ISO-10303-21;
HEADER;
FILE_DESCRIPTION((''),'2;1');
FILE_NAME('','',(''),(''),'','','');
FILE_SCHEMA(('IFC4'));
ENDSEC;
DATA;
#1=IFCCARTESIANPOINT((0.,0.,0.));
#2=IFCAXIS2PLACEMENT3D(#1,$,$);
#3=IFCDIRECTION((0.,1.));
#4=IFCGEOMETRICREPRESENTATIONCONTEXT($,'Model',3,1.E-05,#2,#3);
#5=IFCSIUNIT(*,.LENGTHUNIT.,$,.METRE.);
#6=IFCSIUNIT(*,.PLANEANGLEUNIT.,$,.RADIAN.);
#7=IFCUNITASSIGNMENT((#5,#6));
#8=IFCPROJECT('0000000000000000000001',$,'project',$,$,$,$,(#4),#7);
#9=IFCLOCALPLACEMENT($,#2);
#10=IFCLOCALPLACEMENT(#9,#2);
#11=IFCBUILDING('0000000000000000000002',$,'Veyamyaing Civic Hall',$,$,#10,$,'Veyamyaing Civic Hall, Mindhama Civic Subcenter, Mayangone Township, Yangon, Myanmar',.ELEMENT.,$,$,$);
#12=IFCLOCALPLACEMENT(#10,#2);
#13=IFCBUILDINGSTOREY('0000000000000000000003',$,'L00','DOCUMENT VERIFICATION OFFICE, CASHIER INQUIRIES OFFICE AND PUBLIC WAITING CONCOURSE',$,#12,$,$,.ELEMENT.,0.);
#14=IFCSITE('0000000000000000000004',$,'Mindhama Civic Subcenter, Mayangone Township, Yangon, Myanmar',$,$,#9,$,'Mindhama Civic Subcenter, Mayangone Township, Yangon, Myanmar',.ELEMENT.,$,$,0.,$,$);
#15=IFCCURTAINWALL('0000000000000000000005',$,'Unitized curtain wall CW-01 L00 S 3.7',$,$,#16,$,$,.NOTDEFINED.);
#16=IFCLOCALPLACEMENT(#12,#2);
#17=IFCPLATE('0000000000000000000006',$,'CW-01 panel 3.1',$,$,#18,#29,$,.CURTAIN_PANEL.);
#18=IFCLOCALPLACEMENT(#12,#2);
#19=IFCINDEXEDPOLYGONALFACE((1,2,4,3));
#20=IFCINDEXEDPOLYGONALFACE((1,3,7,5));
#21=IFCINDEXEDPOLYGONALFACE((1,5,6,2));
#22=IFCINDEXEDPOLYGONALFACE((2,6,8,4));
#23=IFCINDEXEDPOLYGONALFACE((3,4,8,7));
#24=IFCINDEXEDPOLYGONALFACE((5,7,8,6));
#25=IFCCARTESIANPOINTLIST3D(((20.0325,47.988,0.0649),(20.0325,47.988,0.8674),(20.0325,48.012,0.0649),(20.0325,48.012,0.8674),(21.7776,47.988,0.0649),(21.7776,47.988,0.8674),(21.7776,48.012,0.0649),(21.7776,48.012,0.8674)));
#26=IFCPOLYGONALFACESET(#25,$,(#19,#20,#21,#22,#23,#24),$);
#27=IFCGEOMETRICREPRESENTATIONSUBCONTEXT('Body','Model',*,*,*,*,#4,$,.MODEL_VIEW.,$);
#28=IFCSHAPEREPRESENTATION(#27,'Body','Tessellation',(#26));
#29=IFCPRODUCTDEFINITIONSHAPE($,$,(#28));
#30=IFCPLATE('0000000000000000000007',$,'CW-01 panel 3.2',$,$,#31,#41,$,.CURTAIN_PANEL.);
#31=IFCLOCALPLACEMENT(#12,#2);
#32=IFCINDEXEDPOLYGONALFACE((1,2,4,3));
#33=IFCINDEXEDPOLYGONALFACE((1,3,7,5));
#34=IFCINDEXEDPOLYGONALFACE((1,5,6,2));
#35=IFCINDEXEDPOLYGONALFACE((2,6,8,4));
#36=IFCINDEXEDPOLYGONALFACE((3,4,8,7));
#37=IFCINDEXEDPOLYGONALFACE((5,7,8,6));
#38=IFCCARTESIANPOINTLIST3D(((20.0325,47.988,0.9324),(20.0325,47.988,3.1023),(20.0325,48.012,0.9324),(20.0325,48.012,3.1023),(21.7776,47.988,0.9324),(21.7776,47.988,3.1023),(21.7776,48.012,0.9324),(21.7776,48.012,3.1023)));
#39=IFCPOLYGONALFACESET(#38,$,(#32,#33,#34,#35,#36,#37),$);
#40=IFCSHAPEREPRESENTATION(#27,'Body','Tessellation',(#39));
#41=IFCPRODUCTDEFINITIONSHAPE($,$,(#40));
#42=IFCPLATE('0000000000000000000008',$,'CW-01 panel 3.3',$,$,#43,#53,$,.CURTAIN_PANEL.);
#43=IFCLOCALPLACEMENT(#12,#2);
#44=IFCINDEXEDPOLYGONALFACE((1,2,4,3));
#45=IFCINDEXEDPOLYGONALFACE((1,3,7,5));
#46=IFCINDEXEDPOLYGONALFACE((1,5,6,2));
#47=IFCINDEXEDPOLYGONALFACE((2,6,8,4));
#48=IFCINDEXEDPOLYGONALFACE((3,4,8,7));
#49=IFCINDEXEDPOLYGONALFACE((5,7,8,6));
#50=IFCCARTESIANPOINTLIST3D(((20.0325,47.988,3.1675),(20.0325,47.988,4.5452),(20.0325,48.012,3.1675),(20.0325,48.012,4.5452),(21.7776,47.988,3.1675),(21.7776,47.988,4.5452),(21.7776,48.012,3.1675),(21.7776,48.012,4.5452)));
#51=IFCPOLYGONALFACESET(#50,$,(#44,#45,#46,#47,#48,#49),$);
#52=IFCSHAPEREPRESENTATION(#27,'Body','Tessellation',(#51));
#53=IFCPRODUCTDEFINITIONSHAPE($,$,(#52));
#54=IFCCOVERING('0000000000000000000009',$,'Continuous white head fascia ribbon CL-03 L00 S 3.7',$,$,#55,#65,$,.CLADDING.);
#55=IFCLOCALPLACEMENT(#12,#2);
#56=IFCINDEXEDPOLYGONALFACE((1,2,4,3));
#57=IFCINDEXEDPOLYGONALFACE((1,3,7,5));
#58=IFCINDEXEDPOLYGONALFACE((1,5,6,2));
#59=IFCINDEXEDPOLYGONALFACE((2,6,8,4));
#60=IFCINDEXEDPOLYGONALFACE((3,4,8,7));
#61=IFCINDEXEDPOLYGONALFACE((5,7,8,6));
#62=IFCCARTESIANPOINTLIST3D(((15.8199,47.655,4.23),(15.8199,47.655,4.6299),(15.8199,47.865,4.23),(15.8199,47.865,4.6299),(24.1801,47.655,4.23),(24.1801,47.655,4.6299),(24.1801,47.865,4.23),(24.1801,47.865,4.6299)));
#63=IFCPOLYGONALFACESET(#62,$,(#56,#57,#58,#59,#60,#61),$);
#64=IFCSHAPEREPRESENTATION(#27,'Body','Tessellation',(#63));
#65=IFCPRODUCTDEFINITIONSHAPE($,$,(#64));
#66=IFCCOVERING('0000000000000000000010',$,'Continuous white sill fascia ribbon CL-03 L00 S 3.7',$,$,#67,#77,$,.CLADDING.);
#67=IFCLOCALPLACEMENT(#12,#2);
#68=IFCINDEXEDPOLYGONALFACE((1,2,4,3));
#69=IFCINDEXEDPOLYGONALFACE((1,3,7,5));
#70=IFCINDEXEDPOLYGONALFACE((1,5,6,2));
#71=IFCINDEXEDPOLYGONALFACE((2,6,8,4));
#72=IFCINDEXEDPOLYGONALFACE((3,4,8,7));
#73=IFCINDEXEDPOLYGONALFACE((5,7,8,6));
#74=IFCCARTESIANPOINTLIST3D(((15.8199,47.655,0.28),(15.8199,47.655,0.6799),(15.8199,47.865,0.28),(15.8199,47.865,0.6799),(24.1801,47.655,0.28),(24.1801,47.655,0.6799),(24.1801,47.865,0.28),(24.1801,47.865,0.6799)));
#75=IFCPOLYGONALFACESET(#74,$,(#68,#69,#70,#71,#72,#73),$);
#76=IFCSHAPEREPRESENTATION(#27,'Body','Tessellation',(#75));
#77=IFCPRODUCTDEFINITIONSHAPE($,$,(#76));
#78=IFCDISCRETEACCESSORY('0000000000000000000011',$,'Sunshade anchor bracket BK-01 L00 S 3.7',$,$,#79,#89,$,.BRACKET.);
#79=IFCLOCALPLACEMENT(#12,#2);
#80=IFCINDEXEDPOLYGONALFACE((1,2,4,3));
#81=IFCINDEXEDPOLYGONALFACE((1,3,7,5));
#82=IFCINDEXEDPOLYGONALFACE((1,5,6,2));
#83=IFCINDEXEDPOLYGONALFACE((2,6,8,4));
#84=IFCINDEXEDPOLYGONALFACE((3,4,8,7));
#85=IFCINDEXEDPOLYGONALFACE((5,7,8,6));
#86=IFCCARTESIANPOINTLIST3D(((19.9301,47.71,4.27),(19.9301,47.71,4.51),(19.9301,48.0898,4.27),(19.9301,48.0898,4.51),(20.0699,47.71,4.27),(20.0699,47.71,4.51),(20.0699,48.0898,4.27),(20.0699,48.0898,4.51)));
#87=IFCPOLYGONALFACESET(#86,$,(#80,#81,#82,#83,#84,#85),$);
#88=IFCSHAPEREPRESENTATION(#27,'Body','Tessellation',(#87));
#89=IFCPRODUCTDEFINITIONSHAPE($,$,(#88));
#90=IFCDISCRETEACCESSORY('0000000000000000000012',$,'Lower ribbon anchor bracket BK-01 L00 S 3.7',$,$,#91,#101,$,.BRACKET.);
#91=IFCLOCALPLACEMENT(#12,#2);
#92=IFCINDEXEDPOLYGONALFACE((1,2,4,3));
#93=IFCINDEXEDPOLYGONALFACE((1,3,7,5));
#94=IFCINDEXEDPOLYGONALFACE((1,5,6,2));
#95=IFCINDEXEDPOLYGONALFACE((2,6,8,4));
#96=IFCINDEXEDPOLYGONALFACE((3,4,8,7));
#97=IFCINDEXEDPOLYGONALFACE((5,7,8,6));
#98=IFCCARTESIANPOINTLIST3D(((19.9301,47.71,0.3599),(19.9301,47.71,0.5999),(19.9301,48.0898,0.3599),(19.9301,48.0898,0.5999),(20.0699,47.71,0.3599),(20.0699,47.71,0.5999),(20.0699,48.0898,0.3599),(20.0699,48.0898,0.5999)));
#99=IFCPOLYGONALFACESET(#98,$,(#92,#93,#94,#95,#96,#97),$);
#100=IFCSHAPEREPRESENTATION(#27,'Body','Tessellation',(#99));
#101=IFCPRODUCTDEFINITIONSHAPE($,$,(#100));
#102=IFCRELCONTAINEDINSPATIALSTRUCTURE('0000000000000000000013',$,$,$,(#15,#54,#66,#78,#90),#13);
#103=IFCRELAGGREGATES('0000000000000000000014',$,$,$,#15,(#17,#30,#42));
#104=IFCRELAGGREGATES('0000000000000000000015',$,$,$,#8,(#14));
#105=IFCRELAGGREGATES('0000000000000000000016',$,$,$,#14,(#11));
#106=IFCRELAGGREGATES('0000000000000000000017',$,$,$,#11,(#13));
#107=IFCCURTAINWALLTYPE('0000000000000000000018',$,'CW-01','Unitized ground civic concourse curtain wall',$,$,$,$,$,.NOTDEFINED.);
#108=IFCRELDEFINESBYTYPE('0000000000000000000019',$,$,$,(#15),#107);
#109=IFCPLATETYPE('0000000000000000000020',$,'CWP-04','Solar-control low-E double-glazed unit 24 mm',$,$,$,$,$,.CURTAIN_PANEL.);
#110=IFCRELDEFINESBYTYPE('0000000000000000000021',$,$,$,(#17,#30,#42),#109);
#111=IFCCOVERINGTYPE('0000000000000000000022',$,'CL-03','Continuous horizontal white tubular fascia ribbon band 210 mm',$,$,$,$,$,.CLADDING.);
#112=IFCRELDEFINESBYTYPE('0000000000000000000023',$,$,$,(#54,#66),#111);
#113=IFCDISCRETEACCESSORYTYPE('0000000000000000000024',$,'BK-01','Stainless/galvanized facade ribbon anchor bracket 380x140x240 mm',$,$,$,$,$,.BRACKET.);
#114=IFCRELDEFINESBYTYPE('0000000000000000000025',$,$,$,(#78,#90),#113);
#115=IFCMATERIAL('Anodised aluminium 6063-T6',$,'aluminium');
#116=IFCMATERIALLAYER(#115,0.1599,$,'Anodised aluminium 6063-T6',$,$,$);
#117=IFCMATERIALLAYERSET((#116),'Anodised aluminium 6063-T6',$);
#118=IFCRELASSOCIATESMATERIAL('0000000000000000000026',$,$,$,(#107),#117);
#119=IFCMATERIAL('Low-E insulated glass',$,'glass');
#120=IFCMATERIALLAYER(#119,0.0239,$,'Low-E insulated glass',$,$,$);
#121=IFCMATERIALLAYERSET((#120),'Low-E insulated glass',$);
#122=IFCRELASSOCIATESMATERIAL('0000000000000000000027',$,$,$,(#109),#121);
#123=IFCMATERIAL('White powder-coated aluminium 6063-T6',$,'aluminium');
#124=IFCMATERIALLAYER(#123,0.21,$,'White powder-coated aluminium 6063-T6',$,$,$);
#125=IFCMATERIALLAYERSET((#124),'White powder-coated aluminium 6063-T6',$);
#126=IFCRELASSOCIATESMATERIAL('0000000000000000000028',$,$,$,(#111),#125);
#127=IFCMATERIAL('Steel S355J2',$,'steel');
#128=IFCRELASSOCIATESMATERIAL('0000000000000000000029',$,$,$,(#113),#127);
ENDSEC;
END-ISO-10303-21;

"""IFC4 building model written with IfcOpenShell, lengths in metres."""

from ifc_helpers import new_model, si_unit, direction, frame, origin, origin_2d, place, context, subcontext, project, spatial, rectangle, extrude, material, layer, layer_set, type_object, element, aggregate, save


model = new_model("IFC4")

# Units and contexts
model_context = context("Model", 3, precision=1e-05, world=origin(), true_north=direction((0.0, 1.0)))
body_context = subcontext(model_context, "Body", "Model", "MODEL_VIEW")
ifc_project = project(units=[si_unit("LENGTHUNIT", "METRE"), si_unit("PLANEANGLEUNIT", "RADIAN")], contexts=[model_context])

# Site, building, storey
site_placement = place(None, origin())
site = spatial("IfcSite", under=ifc_project, at=site_placement, Name="Mindhama Civic Subcenter, Mayangone Township, Yangon, Myanmar", LongName="Mindhama Civic Subcenter, Mayangone Township, Yangon, Myanmar", CompositionType="ELEMENT", RefElevation=0.0)
building_placement = place(site_placement, origin())
building = spatial("IfcBuilding", under=site, at=building_placement, Name="Veyamyaing Civic Hall", LongName="Veyamyaing Civic Hall, Mindhama Civic Subcenter, Mayangone Township, Yangon, Myanmar", CompositionType="ELEMENT")
storey_placement = place(building_placement, origin())
storey = spatial("IfcBuildingStorey", under=building, at=storey_placement, Name="L00", Description="DOCUMENT VERIFICATION OFFICE, CASHIER INQUIRIES OFFICE AND PUBLIC WAITING CONCOURSE", CompositionType="ELEMENT", Elevation=0.0)

# Curtain wall, plates
ifc_material_1 = material(Name="Anodised aluminium 6063-T6", Category="aluminium")
ifc_layer_1 = layer(ifc_material_1, 0.1599, Name="Anodised aluminium 6063-T6")
ifc_layer_set_1 = layer_set([ifc_layer_1], Name="Anodised aluminium 6063-T6")
curtain_wall_type = type_object("IfcCurtainWallType", Name="CW-01", Description="Unitized ground civic concourse curtain wall", PredefinedType="NOTDEFINED", material=ifc_layer_set_1)
curtain_wall_placement = place(storey_placement, origin())
curtain_wall = element("IfcCurtainWall", 1, at=curtain_wall_placement, inside=storey, type_object=curtain_wall_type, Name="Unitized curtain wall CW-01 L00 S 3.7", PredefinedType="NOTDEFINED")
ifc_material_2 = material(Name="Low-E insulated glass", Category="glass")
ifc_layer_2 = layer(ifc_material_2, 0.0239, Name="Low-E insulated glass")
ifc_layer_set_2 = layer_set([ifc_layer_2], Name="Low-E insulated glass")
plate_type = type_object("IfcPlateType", Name="CWP-04", Description="Solar-control low-E double-glazed unit 24 mm", PredefinedType="CURTAIN_PANEL", material=ifc_layer_set_2)
plate_1_placement = place(storey_placement, frame((20.905, 48.0, 0.0649), z_axis=(0.0, 0.0, 1.0), x_axis=(1.0, 0.0, 0.0)))
plate_1 = element("IfcPlate", 2, at=plate_1_placement, type_object=plate_type, Name="CW-01 panel 3.1", PredefinedType="CURTAIN_PANEL", context=body_context, shape_type="SweptSolid", body=[
    extrude(rectangle(XDim=1.7451, YDim=0.0239, at=origin_2d()), origin(), (0.0, 0.0, 1.0), 0.8025),
])
plate_2_placement = place(storey_placement, frame((20.905, 48.0, 0.9324), z_axis=(0.0, 0.0, 1.0), x_axis=(1.0, 0.0, 0.0)))
plate_2 = element("IfcPlate", 3, at=plate_2_placement, type_object=plate_type, Name="CW-01 panel 3.2", PredefinedType="CURTAIN_PANEL", context=body_context, shape_type="SweptSolid", body=[
    extrude(rectangle(XDim=1.7451, YDim=0.0239, at=origin_2d()), origin(), (0.0, 0.0, 1.0), 2.1699),
])
plate_3_placement = place(storey_placement, frame((20.905, 48.0, 3.1675), z_axis=(0.0, 0.0, 1.0), x_axis=(1.0, 0.0, 0.0)))
plate_3 = element("IfcPlate", 4, at=plate_3_placement, type_object=plate_type, Name="CW-01 panel 3.3", PredefinedType="CURTAIN_PANEL", context=body_context, shape_type="SweptSolid", body=[
    extrude(rectangle(XDim=1.7451, YDim=0.0239, at=origin_2d()), origin(), (0.0, 0.0, 1.0), 1.3777),
])
aggregate(curtain_wall, [plate_1, plate_2, plate_3])

# Coverings
ifc_material_3 = material(Name="White powder-coated aluminium 6063-T6", Category="aluminium")
ifc_layer_3 = layer(ifc_material_3, 0.21, Name="White powder-coated aluminium 6063-T6")
ifc_layer_set_3 = layer_set([ifc_layer_3], Name="White powder-coated aluminium 6063-T6")
covering_type = type_object("IfcCoveringType", Name="CL-03", Description="Continuous horizontal white tubular fascia ribbon band 210 mm", PredefinedType="CLADDING", material=ifc_layer_set_3)
for number, where, z_axis, x_axis, name in (
    (5, (20.0, 47.76, 4.23), (0.0, 0.0, 1.0), (1.0, 0.0, 0.0), "Continuous white head fascia ribbon CL-03 L00 S 3.7"),
    (6, (20.0, 47.76, 0.28), (0.0, 0.0, 1.0), (1.0, 0.0, 0.0), "Continuous white sill fascia ribbon CL-03 L00 S 3.7"),
):
    element("IfcCovering", number, at=place(storey_placement, frame(where, z_axis=z_axis, x_axis=x_axis)), inside=storey, type_object=covering_type, Name=name, PredefinedType="CLADDING", context=body_context, shape_type="SweptSolid", body=[
        extrude(rectangle(XDim=8.3601, YDim=0.21, at=origin_2d()), origin(), (0.0, 0.0, 1.0), 0.3999),
    ])

# Discrete accessories
ifc_material_4 = material(Name="Steel S355J2", Category="steel")
discrete_accessory_type = type_object("IfcDiscreteAccessoryType", Name="BK-01", Description="Stainless/galvanized facade ribbon anchor bracket 380x140x240 mm", PredefinedType="BRACKET", material=ifc_material_4)
for number, where, z_axis, x_axis, name in (
    (7, (20.0, 47.8999, 4.27), (0.0, 0.0, 1.0), (0.0, -1.0, 0.0), "Sunshade anchor bracket BK-01 L00 S 3.7"),
    (8, (20.0, 47.8999, 0.3599), (0.0, 0.0, 1.0), (0.0, -1.0, 0.0), "Lower ribbon anchor bracket BK-01 L00 S 3.7"),
):
    element("IfcDiscreteAccessory", number, at=place(storey_placement, frame(where, z_axis=z_axis, x_axis=x_axis)), inside=storey, type_object=discrete_accessory_type, Name=name, PredefinedType="BRACKET", context=body_context, shape_type="SweptSolid", body=[
        extrude(rectangle(XDim=0.3799, YDim=0.1399, at=origin_2d()), origin(), (0.0, 0.0, 1.0), 0.24),
    ])

save(model, "model.ifc")
